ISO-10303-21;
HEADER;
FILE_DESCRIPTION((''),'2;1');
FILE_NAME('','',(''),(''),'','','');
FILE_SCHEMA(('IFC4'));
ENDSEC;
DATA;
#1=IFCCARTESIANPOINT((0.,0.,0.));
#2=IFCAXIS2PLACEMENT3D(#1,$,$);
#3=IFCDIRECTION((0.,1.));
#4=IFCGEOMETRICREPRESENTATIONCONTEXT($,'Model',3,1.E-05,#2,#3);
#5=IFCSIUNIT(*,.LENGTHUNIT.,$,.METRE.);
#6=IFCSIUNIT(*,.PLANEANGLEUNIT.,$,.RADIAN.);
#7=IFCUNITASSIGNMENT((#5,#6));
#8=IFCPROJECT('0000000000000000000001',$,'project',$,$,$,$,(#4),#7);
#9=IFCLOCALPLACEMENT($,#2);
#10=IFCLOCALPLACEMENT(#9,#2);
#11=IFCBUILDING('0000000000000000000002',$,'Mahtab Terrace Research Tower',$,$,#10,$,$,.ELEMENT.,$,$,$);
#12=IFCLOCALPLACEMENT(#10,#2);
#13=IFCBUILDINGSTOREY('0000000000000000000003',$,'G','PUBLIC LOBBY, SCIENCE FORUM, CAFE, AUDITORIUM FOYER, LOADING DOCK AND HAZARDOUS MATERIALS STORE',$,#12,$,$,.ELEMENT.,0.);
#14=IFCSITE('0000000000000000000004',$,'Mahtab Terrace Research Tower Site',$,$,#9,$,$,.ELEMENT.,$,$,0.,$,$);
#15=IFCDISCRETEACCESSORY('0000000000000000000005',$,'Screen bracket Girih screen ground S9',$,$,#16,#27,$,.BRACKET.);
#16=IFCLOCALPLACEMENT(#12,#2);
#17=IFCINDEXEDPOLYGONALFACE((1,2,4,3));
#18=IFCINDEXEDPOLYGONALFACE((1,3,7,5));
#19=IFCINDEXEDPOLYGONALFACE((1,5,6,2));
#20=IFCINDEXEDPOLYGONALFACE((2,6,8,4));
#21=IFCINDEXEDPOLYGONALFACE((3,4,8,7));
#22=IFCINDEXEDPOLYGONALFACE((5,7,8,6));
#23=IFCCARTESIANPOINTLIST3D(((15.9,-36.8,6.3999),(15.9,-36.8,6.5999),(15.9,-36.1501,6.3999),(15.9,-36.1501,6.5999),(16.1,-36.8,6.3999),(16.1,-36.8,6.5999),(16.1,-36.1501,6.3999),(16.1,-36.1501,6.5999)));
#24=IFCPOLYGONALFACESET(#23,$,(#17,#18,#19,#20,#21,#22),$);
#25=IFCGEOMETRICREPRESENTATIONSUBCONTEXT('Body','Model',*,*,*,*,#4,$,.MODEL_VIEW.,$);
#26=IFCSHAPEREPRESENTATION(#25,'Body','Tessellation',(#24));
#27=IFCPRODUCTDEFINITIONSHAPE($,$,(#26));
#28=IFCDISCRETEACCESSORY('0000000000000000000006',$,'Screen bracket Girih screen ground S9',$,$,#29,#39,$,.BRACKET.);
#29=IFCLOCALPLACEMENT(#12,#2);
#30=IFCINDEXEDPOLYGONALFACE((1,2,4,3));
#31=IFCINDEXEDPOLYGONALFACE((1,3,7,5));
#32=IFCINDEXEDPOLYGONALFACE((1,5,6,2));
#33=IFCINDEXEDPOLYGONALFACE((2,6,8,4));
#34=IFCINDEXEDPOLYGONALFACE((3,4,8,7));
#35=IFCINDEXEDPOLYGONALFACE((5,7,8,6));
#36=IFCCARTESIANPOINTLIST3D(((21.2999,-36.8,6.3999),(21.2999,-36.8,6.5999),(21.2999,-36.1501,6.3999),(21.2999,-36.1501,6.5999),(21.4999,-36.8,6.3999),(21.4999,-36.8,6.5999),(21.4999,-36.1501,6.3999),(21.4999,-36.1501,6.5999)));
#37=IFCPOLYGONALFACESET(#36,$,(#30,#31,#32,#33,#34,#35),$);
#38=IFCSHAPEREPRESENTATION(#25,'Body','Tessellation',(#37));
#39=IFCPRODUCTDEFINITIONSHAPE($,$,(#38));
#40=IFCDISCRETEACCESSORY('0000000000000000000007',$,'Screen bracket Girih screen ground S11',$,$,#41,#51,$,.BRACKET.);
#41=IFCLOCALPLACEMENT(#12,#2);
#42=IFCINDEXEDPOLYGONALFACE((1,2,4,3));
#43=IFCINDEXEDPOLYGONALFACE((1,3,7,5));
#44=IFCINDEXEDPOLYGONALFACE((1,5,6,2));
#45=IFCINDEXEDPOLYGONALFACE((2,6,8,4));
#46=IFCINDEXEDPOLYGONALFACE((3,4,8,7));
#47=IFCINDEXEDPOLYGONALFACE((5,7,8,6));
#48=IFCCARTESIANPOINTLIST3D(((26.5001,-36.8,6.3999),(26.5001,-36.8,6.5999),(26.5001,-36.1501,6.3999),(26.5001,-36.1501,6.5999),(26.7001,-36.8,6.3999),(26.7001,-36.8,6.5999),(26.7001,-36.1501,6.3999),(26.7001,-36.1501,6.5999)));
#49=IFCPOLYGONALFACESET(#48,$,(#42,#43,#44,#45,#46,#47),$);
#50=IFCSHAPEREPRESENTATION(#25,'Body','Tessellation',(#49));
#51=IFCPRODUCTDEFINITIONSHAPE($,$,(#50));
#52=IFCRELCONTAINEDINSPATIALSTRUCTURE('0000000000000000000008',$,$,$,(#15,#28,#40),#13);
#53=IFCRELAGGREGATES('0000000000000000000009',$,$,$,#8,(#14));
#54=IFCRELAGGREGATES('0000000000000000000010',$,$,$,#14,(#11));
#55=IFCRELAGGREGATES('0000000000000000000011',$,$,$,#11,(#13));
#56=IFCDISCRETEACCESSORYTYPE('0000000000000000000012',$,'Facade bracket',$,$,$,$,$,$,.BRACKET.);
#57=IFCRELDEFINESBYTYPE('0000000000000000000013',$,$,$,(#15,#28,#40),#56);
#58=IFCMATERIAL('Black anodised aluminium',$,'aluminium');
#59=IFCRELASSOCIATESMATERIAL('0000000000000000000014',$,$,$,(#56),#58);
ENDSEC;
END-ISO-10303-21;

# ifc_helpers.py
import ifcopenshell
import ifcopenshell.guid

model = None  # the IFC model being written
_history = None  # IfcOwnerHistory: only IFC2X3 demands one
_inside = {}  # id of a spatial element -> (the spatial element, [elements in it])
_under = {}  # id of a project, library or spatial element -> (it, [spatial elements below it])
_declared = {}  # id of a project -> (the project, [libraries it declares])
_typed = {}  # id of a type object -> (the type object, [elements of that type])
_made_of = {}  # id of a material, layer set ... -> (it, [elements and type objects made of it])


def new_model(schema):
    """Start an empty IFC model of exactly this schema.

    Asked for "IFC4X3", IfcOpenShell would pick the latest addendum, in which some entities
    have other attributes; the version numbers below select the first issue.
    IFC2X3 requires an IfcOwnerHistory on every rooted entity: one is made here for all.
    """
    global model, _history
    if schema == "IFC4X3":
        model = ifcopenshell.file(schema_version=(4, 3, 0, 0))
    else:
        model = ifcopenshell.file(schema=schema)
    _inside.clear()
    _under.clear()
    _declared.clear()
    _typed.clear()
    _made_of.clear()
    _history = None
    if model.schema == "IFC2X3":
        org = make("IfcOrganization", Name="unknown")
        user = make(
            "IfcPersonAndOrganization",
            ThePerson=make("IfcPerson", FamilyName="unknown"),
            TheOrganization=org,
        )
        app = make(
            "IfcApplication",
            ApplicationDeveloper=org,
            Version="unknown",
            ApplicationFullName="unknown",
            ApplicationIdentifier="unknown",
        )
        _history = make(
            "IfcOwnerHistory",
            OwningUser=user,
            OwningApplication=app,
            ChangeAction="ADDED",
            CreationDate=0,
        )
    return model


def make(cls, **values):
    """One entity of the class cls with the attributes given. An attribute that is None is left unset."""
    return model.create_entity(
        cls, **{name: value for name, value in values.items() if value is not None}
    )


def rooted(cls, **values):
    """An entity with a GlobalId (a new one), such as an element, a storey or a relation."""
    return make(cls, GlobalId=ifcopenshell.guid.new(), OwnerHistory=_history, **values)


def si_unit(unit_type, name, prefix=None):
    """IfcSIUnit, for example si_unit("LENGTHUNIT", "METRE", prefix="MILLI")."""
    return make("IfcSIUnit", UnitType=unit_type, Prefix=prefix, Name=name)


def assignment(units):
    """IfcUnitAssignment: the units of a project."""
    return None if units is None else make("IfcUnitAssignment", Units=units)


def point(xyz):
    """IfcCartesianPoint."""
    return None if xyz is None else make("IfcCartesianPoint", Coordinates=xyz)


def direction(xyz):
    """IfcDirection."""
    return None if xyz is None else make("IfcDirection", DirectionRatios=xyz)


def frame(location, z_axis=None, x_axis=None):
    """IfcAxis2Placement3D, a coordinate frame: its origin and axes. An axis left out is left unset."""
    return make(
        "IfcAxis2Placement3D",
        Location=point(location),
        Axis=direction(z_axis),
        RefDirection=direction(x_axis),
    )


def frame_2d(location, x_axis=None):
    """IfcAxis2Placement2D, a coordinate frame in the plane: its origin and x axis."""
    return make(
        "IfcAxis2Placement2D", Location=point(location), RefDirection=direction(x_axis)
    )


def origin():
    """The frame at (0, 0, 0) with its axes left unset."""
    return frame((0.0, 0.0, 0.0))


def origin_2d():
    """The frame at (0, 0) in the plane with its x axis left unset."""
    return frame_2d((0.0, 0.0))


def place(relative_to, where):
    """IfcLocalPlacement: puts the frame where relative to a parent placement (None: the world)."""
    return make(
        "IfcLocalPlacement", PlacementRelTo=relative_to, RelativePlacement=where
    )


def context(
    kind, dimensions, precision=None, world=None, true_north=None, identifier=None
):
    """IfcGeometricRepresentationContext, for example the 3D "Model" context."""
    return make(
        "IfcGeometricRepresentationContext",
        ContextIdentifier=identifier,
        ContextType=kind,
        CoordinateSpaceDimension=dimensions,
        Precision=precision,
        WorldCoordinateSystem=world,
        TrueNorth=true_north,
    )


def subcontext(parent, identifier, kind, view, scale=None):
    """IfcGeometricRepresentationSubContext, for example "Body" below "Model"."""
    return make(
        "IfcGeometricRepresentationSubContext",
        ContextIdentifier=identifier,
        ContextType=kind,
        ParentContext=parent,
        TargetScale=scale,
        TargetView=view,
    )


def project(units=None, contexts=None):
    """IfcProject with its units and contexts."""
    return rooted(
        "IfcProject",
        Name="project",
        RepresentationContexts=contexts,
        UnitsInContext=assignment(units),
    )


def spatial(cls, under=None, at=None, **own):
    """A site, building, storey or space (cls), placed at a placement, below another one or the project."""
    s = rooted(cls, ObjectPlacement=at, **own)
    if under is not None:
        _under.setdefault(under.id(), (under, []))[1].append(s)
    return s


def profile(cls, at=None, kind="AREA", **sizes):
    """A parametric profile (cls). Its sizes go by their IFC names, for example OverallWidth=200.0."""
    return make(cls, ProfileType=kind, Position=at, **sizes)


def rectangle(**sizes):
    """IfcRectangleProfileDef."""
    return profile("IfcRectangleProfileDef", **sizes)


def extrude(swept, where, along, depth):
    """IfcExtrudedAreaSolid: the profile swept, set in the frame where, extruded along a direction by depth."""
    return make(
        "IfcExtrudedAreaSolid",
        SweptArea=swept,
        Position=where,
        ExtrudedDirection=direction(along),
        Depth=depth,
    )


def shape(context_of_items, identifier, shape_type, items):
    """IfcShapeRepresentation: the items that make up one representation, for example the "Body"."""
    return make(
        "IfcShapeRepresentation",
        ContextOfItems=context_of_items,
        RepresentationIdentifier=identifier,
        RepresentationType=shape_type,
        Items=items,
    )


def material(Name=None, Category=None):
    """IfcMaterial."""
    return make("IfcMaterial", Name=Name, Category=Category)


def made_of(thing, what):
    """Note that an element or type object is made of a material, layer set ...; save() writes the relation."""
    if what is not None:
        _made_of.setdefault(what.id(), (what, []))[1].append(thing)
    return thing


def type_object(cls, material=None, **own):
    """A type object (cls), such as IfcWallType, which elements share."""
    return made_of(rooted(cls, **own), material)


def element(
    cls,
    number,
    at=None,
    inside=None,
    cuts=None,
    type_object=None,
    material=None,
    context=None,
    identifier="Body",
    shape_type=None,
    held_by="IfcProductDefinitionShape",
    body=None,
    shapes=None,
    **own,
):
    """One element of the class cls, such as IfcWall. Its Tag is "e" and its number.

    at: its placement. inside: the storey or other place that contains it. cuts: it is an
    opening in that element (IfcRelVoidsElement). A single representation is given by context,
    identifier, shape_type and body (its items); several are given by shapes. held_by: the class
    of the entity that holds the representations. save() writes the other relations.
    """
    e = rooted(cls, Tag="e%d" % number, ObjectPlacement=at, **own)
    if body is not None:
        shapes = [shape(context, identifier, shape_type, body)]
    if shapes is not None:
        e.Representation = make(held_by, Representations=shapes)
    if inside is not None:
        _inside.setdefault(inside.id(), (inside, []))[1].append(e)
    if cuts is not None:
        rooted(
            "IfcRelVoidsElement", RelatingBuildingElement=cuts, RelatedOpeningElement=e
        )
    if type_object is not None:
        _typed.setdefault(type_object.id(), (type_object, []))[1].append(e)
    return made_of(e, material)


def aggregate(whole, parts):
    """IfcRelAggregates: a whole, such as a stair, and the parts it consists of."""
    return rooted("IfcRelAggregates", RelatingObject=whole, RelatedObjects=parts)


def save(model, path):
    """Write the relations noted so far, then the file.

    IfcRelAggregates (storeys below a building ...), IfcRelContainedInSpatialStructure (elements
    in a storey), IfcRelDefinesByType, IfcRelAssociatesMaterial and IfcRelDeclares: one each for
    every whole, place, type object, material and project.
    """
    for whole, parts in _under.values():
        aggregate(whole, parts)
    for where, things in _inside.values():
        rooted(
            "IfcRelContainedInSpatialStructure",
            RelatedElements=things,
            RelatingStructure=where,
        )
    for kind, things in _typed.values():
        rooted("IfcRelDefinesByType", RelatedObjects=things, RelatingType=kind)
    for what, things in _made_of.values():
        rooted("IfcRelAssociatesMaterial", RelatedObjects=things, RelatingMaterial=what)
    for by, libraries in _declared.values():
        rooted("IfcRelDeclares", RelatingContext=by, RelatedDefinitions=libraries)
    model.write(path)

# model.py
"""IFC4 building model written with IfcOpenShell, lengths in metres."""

from ifc_helpers import new_model, si_unit, direction, frame, origin, origin_2d, place, context, subcontext, project, spatial, rectangle, extrude, material, type_object, element, save


model = new_model("IFC4")

# Units and contexts
model_context = context("Model", 3, precision=1e-05, world=origin(), true_north=direction((0.0, 1.0)))
body_context = subcontext(model_context, "Body", "Model", "MODEL_VIEW")
ifc_project = project(units=[si_unit("LENGTHUNIT", "METRE"), si_unit("PLANEANGLEUNIT", "RADIAN")], contexts=[model_context])

# Site, building, storey
site_placement = place(None, origin())
site = spatial("IfcSite", under=ifc_project, at=site_placement, Name="Mahtab Terrace Research Tower Site", CompositionType="ELEMENT", RefElevation=0.0)
building_placement = place(site_placement, origin())
building = spatial("IfcBuilding", under=site, at=building_placement, Name="Mahtab Terrace Research Tower", CompositionType="ELEMENT")
storey_placement = place(building_placement, origin())
storey = spatial("IfcBuildingStorey", under=building, at=storey_placement, Name="G", Description="PUBLIC LOBBY, SCIENCE FORUM, CAFE, AUDITORIUM FOYER, LOADING DOCK AND HAZARDOUS MATERIALS STORE", CompositionType="ELEMENT", Elevation=0.0)

# Shared definitions
ifc_material_1 = material(Name="Black anodised aluminium", Category="aluminium")

# Discrete accessories
discrete_accessory_type = type_object("IfcDiscreteAccessoryType", Name="Facade bracket", PredefinedType="BRACKET", material=ifc_material_1)
for number, where, z_axis, x_axis, name in (
    (1, (16.0, -36.4751, 6.3999), (0.0, 0.0, 1.0), (1.0, 0.0, 0.0), "Screen bracket Girih screen ground S9"),
    (2, (21.3999, -36.4751, 6.3999), (0.0, 0.0, 1.0), (1.0, 0.0, 0.0), "Screen bracket Girih screen ground S9"),
    (3, (26.6001, -36.4751, 6.3999), (0.0, 0.0, 1.0), (1.0, 0.0, 0.0), "Screen bracket Girih screen ground S11"),
):
    element("IfcDiscreteAccessory", number, at=place(storey_placement, frame(where, z_axis=z_axis, x_axis=x_axis)), inside=storey, type_object=discrete_accessory_type, Name=name, PredefinedType="BRACKET", context=body_context, shape_type="SweptSolid", body=[
        extrude(rectangle(XDim=0.2, YDim=0.6499, at=origin_2d()), origin(), (0.0, 0.0, 1.0), 0.2),
    ])

save(model, "model.ifc")
